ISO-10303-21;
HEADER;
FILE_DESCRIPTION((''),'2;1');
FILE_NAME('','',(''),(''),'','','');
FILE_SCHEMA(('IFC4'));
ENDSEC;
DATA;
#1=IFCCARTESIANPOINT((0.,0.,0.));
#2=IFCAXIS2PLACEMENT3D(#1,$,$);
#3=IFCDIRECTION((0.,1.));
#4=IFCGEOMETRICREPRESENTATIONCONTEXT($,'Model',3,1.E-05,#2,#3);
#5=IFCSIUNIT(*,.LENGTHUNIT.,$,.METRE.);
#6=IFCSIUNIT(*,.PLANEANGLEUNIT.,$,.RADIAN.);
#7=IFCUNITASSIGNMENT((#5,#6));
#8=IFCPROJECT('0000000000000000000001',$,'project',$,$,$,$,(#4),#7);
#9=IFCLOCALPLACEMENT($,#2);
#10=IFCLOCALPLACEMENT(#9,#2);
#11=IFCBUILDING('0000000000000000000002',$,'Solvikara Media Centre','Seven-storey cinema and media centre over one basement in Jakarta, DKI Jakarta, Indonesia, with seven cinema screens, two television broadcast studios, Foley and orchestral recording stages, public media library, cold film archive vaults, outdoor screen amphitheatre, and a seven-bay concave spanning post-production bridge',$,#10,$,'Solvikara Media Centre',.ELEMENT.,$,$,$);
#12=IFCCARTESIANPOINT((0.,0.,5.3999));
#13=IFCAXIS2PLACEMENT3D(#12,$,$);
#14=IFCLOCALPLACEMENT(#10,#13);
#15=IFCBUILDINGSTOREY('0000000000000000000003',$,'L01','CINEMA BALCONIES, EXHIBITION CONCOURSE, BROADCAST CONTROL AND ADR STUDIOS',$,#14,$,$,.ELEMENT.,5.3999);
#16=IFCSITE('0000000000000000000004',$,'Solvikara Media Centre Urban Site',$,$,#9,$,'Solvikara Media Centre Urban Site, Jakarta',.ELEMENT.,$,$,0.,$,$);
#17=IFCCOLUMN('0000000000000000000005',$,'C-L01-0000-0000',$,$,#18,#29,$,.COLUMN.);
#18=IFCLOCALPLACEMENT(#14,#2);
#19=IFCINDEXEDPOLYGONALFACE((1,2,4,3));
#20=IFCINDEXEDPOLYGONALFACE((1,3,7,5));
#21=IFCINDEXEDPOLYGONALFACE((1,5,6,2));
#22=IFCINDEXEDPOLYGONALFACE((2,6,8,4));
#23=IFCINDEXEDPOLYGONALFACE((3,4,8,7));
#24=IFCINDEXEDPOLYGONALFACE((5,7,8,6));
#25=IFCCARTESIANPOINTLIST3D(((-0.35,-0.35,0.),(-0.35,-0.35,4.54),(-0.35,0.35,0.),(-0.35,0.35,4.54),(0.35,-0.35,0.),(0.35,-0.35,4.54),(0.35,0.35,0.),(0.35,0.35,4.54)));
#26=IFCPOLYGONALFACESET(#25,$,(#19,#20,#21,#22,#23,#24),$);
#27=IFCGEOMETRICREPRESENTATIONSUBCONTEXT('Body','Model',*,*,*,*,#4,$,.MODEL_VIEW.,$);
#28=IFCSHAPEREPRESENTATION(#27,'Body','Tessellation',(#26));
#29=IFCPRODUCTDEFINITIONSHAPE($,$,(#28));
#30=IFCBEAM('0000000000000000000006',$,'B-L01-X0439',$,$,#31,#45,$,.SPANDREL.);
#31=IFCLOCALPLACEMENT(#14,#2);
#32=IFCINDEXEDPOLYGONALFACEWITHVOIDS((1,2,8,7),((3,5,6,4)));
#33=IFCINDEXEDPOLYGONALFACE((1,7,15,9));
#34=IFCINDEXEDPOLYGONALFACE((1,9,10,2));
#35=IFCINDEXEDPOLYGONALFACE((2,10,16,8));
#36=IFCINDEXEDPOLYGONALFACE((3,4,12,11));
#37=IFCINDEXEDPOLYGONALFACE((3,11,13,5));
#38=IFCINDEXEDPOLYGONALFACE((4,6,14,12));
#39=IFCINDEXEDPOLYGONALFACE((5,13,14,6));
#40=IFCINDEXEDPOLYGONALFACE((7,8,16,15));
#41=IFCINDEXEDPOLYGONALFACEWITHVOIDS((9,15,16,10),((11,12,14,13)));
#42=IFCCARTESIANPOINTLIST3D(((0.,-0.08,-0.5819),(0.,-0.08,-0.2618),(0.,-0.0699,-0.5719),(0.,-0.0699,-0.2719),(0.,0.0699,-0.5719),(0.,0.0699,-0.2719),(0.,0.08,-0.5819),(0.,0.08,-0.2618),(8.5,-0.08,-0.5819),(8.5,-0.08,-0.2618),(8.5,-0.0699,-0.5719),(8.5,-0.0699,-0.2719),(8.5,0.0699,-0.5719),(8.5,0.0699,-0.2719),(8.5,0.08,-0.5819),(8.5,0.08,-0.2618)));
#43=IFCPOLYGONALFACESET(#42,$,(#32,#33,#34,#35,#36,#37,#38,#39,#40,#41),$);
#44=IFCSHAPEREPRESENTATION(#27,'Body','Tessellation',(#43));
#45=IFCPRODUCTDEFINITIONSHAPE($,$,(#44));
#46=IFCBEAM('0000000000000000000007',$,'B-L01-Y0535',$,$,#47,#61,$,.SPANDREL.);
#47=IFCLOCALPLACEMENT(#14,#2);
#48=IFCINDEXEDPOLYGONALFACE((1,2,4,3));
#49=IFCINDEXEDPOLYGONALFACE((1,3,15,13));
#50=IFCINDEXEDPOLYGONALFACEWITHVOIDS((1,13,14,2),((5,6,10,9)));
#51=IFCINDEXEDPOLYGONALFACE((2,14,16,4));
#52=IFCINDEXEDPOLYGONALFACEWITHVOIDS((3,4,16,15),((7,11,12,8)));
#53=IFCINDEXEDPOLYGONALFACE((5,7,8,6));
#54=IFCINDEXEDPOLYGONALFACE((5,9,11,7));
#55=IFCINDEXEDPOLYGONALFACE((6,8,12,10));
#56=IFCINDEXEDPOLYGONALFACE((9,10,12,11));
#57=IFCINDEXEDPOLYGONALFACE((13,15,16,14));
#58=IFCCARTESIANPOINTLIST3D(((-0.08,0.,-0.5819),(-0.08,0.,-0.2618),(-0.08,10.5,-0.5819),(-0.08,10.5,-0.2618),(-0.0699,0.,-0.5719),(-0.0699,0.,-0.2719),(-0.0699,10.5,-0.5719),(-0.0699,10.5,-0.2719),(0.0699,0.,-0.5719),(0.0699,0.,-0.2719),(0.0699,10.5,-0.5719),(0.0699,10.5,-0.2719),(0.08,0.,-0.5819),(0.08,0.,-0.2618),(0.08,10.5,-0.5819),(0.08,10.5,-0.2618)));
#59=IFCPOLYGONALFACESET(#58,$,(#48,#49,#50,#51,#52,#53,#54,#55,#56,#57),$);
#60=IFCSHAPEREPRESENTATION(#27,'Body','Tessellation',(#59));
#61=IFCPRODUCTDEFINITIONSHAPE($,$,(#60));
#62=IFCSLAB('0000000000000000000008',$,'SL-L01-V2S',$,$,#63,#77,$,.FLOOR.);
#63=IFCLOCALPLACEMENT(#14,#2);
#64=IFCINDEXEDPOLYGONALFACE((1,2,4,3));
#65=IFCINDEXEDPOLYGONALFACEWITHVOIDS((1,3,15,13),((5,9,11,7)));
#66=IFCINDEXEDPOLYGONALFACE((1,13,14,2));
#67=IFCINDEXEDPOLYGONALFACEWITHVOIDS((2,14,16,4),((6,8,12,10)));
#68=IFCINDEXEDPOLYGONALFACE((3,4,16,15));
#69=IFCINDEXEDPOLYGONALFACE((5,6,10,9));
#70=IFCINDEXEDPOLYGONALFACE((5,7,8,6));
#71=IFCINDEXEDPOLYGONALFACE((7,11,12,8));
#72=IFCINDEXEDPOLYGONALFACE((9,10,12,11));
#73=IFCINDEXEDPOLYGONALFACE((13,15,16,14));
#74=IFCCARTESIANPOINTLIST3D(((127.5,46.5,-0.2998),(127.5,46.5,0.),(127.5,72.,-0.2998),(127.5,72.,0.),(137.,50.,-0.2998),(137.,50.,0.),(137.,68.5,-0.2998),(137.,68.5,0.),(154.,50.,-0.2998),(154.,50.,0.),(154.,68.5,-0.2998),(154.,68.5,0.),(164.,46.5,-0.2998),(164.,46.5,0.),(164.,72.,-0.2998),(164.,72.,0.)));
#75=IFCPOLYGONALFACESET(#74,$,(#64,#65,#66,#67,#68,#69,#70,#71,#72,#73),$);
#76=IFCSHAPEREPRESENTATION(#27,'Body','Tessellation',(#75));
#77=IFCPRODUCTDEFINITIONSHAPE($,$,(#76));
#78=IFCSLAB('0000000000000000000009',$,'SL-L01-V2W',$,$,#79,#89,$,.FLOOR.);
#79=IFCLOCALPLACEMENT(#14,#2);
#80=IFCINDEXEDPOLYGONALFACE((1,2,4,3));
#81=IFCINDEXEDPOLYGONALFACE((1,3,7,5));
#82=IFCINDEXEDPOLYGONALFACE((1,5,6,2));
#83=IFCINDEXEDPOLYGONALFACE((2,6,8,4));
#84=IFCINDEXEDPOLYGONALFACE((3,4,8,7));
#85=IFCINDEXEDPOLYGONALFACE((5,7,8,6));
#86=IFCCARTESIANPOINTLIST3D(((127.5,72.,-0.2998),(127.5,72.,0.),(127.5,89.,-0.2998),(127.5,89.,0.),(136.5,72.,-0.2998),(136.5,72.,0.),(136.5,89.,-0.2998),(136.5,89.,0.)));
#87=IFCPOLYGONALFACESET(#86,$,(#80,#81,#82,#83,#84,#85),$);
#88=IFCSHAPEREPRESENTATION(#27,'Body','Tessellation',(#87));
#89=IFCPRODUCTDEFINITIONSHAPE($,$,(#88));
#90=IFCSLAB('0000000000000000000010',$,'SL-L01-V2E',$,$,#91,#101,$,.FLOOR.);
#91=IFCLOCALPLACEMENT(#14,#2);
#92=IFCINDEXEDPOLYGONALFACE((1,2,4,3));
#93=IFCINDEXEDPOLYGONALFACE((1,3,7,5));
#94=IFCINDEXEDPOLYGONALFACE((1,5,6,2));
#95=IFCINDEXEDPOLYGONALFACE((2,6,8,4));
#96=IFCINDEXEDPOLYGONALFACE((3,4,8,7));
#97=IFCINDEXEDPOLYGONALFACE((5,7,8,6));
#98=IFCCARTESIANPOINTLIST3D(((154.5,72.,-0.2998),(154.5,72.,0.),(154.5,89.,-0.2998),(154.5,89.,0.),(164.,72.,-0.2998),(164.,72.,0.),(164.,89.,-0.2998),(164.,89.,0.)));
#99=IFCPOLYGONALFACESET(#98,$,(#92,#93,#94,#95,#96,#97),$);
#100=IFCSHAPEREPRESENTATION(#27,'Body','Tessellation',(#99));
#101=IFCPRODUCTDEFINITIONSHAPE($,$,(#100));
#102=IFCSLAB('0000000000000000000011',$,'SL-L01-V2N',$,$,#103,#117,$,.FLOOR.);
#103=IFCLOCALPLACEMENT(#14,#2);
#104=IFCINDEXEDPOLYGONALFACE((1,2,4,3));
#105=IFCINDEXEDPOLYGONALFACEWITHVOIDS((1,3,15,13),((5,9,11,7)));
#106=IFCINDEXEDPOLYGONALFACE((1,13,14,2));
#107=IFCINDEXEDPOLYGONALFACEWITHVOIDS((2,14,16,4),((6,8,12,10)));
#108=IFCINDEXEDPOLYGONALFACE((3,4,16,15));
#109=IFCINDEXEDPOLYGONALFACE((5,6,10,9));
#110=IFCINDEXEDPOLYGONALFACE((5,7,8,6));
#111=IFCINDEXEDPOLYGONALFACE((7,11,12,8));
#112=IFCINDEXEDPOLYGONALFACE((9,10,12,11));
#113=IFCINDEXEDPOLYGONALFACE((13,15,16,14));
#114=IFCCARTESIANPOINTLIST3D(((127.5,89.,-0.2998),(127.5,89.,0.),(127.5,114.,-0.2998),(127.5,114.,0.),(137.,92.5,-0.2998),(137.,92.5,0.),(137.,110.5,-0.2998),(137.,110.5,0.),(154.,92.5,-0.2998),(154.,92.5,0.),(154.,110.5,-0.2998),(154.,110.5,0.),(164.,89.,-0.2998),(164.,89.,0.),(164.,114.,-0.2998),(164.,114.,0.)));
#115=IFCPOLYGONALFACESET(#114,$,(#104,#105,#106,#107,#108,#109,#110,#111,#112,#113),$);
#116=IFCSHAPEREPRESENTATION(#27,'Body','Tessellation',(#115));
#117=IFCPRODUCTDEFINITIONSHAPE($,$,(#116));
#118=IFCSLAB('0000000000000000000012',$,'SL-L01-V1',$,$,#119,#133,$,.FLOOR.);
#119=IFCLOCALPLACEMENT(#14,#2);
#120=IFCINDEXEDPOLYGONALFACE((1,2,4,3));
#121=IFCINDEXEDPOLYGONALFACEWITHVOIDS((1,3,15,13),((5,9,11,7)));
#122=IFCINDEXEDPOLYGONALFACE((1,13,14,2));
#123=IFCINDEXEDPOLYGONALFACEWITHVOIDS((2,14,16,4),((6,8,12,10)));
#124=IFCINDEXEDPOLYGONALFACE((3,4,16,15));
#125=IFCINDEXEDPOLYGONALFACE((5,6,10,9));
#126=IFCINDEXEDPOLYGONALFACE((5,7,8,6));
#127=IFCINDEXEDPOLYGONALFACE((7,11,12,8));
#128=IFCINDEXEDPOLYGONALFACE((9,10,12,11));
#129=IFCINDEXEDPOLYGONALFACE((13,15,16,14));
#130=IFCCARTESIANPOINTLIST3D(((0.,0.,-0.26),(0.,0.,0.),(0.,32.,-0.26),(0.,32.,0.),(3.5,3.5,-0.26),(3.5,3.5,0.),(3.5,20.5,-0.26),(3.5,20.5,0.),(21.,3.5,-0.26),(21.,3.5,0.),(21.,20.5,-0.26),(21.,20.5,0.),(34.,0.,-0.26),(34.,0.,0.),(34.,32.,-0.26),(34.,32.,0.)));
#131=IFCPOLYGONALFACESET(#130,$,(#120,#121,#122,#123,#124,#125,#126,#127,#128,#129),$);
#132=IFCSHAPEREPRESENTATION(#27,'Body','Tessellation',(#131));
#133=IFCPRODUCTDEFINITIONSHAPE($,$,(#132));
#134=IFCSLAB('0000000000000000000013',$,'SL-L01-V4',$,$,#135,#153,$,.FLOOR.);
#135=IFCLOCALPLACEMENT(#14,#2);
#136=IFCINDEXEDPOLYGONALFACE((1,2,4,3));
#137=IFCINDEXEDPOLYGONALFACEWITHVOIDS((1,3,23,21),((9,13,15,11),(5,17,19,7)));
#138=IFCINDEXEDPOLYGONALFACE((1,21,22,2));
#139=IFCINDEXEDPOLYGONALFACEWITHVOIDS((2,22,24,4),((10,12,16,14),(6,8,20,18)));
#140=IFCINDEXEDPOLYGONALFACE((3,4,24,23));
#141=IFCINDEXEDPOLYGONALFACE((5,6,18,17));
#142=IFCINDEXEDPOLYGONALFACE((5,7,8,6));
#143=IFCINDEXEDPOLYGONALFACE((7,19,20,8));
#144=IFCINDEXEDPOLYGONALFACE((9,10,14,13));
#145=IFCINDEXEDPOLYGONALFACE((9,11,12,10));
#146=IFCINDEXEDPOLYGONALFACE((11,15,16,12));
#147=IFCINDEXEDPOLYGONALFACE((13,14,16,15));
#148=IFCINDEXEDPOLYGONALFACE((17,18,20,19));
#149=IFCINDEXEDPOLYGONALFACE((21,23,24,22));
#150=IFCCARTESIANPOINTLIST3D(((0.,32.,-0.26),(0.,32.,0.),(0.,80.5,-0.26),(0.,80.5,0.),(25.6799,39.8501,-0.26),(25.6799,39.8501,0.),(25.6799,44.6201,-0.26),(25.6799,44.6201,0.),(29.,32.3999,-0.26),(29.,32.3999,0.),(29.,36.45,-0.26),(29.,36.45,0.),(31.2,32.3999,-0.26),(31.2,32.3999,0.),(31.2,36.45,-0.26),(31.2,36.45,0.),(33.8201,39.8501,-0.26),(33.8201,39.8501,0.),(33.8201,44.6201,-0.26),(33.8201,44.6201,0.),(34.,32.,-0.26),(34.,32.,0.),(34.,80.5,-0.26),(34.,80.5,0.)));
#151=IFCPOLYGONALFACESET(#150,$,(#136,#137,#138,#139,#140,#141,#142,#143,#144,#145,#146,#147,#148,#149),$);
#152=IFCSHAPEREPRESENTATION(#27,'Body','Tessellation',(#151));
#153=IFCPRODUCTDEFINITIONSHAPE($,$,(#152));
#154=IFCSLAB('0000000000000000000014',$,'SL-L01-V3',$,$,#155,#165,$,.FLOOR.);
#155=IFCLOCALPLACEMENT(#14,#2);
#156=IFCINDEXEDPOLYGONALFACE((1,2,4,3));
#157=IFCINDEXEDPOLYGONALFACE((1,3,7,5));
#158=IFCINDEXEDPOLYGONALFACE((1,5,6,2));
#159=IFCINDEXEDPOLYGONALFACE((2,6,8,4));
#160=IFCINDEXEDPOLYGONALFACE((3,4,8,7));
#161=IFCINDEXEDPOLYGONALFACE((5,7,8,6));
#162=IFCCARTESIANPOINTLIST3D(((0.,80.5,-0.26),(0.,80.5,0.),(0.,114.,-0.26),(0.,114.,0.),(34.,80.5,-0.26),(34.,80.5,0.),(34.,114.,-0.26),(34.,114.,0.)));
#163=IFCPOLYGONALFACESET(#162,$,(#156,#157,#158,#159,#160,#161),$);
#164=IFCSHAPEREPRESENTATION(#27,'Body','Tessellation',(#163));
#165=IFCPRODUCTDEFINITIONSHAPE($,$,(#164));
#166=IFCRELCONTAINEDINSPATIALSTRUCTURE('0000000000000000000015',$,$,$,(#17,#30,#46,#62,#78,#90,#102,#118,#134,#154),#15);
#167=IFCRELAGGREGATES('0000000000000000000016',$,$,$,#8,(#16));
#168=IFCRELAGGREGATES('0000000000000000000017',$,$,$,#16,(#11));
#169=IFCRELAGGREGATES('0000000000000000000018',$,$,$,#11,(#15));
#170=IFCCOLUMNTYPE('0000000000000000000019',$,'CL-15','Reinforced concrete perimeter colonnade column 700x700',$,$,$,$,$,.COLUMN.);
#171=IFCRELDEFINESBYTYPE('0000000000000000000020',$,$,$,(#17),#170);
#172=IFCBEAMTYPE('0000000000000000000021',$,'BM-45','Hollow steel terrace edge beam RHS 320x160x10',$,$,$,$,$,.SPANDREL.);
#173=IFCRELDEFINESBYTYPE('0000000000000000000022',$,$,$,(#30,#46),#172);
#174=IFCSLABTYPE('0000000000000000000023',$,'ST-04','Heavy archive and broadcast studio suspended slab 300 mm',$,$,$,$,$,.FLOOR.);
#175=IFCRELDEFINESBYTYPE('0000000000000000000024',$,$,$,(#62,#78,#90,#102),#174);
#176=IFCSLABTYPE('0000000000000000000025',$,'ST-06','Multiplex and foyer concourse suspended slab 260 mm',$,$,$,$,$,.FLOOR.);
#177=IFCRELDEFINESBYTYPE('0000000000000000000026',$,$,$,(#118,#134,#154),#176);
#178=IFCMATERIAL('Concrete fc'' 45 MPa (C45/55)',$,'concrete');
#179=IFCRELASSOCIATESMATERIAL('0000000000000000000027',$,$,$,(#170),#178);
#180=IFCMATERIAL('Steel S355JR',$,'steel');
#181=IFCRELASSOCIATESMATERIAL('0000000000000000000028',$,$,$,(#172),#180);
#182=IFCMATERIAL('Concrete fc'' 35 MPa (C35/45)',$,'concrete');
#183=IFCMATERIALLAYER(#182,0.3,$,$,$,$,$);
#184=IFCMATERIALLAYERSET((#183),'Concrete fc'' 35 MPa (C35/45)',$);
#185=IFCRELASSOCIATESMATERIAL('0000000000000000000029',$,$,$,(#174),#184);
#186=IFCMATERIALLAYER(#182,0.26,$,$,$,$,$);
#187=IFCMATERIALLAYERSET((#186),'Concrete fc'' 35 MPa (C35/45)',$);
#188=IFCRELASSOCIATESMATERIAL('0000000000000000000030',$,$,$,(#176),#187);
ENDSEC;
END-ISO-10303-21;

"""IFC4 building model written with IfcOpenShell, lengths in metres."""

from ifc_helpers import new_model, si_unit, direction, frame, origin, origin_with_axes, origin_2d, place, context, subcontext, project, spatial, polyline, rectangle, hollow_rectangle, outline, extrude, material, layer, layer_set, material_profile, profile_set, type_object, element, save


model = new_model("IFC4")

# Units and contexts
model_context = context("Model", 3, precision=1e-05, world=origin(), true_north=direction((0.0, 1.0)))
body_context = subcontext(model_context, "Body", "Model", "MODEL_VIEW")
ifc_project = project(units=[si_unit("LENGTHUNIT", "METRE"), si_unit("PLANEANGLEUNIT", "RADIAN")], contexts=[model_context])

# Site, building, storey
site_placement = place(None, origin())
site = spatial("IfcSite", under=ifc_project, at=site_placement, Name="Solvikara Media Centre Urban Site", LongName="Solvikara Media Centre Urban Site, Jakarta", CompositionType="ELEMENT", RefElevation=0.0)
building_placement = place(site_placement, origin())
building = spatial("IfcBuilding", under=site, at=building_placement, Name="Solvikara Media Centre", Description="Seven-storey cinema and media centre over one basement in Jakarta, DKI Jakarta, Indonesia, with seven cinema screens, two television broadcast studios, Foley and orchestral recording stages, public media library, cold film archive vaults, outdoor screen amphitheatre, and a seven-bay concave spanning post-production bridge", LongName="Solvikara Media Centre", CompositionType="ELEMENT")
storey_placement = place(building_placement, frame((0.0, 0.0, 5.3999)))
storey = spatial("IfcBuildingStorey", under=building, at=storey_placement, Name="L01", Description="CINEMA BALCONIES, EXHIBITION CONCOURSE, BROADCAST CONTROL AND ADR STUDIOS", CompositionType="ELEMENT", Elevation=5.3999)

# Column
ifc_material_1 = material(Name="Concrete fc' 45 MPa (C45/55)", Category="concrete")
ifc_material_profile_1 = material_profile(ifc_material_1, rectangle(XDim=0.7, YDim=0.7, at=origin_2d()), Name="RC 700x700")
ifc_profile_set_1 = profile_set([ifc_material_profile_1], Name="Concrete fc' 45 MPa (C45/55)")
column_type = type_object("IfcColumnType", Name="CL-15", Description="Reinforced concrete perimeter colonnade column 700x700", PredefinedType="COLUMN", material=ifc_profile_set_1)
column_placement = place(storey_placement, origin_with_axes())
element("IfcColumn", 1, at=column_placement, inside=storey, type_object=column_type, Name="C-L01-0000-0000", PredefinedType="COLUMN", context=body_context, shape_type="SweptSolid", body=[
    extrude(rectangle(XDim=0.7, YDim=0.7, at=origin_2d()), origin(), (0.0, 0.0, 1.0), 4.54),
])

# Beams
ifc_material_2 = material(Name="Steel S355JR", Category="steel")
ifc_material_profile_2 = material_profile(ifc_material_2, hollow_rectangle(XDim=0.1599, YDim=0.3201, WallThickness=0.01, at=origin_2d()), Name="RHS 320x160x10")
ifc_profile_set_2 = profile_set([ifc_material_profile_2], Name="Steel S355JR")
beam_type = type_object("IfcBeamType", Name="BM-45", Description="Hollow steel terrace edge beam RHS 320x160x10", PredefinedType="SPANDREL", material=ifc_profile_set_2)
beam_1_placement = place(storey_placement, frame((0.0, 0.0, -0.4219), z_axis=(1.0, 0.0, 0.0), x_axis=(0.0, 1.0, 0.0)))
element("IfcBeam", 2, at=beam_1_placement, inside=storey, type_object=beam_type, Name="B-L01-X0439", PredefinedType="SPANDREL", context=body_context, shape_type="SweptSolid", body=[
    extrude(hollow_rectangle(XDim=0.1599, YDim=0.3201, WallThickness=0.01, at=origin_2d()), origin(), (0.0, 0.0, 1.0), 8.5),
])
beam_2_placement = place(storey_placement, frame((0.0, 0.0, -0.4219), z_axis=(0.0, 1.0, 0.0), x_axis=(-1.0, 0.0, 0.0)))
element("IfcBeam", 3, at=beam_2_placement, inside=storey, type_object=beam_type, Name="B-L01-Y0535", PredefinedType="SPANDREL", context=body_context, shape_type="SweptSolid", body=[
    extrude(hollow_rectangle(XDim=0.1599, YDim=0.3201, WallThickness=0.01, at=origin_2d()), origin(), (0.0, 0.0, 1.0), 10.5),
])

# Slabs
ifc_material_3 = material(Name="Concrete fc' 35 MPa (C35/45)", Category="concrete")
ifc_layer_1 = layer(ifc_material_3, 0.3)
ifc_layer_set_1 = layer_set([ifc_layer_1], Name="Concrete fc' 35 MPa (C35/45)")
slab_type_1 = type_object("IfcSlabType", Name="ST-04", Description="Heavy archive and broadcast studio suspended slab 300 mm", PredefinedType="FLOOR", material=ifc_layer_set_1)
slab_1_placement = place(storey_placement, frame((0.0, 0.0, -0.2998)))
element("IfcSlab", 4, at=slab_1_placement, inside=storey, type_object=slab_type_1, Name="SL-L01-V2S", PredefinedType="FLOOR", context=body_context, shape_type="SweptSolid", body=[
    extrude(outline(polyline([(127.5, 46.5), (164.0, 46.5), (164.0, 72.0), (127.5, 72.0), (127.5, 46.5)]), holes=[polyline([(137.0, 50.0), (154.0, 50.0), (154.0, 68.5), (137.0, 68.5), (137.0, 50.0)])]), origin(), (0.0, 0.0, 1.0), 0.2998),
])
slab_2_placement = place(storey_placement, frame((0.0, 0.0, -0.2998)))
element("IfcSlab", 5, at=slab_2_placement, inside=storey, type_object=slab_type_1, Name="SL-L01-V2W", PredefinedType="FLOOR", context=body_context, shape_type="SweptSolid", body=[
    extrude(outline(polyline([(127.5, 72.0), (136.5, 72.0), (136.5, 89.0), (127.5, 89.0), (127.5, 72.0)])), origin(), (0.0, 0.0, 1.0), 0.2998),
])
slab_3_placement = place(storey_placement, frame((0.0, 0.0, -0.2998)))
element("IfcSlab", 6, at=slab_3_placement, inside=storey, type_object=slab_type_1, Name="SL-L01-V2E", PredefinedType="FLOOR", context=body_context, shape_type="SweptSolid", body=[
    extrude(outline(polyline([(154.5, 72.0), (164.0, 72.0), (164.0, 89.0), (154.5, 89.0), (154.5, 72.0)])), origin(), (0.0, 0.0, 1.0), 0.2998),
])
slab_4_placement = place(storey_placement, frame((0.0, 0.0, -0.2998)))
element("IfcSlab", 7, at=slab_4_placement, inside=storey, type_object=slab_type_1, Name="SL-L01-V2N", PredefinedType="FLOOR", context=body_context, shape_type="SweptSolid", body=[
    extrude(outline(polyline([(127.5, 89.0), (164.0, 89.0), (164.0, 114.0), (127.5, 114.0), (127.5, 89.0)]), holes=[polyline([(137.0, 92.5), (154.0, 92.5), (154.0, 110.5), (137.0, 110.5), (137.0, 92.5)])]), origin(), (0.0, 0.0, 1.0), 0.2998),
])
ifc_layer_2 = layer(ifc_material_3, 0.26)
ifc_layer_set_2 = layer_set([ifc_layer_2], Name="Concrete fc' 35 MPa (C35/45)")
slab_type_2 = type_object("IfcSlabType", Name="ST-06", Description="Multiplex and foyer concourse suspended slab 260 mm", PredefinedType="FLOOR", material=ifc_layer_set_2)
slab_5_placement = place(storey_placement, frame((0.0, 0.0, -0.26)))
element("IfcSlab", 8, at=slab_5_placement, inside=storey, type_object=slab_type_2, Name="SL-L01-V1", PredefinedType="FLOOR", context=body_context, shape_type="SweptSolid", body=[
    extrude(outline(polyline([(0.0, 0.0), (34.0, 0.0), (34.0, 32.0), (0.0, 32.0), (0.0, 0.0)]), holes=[polyline([(3.5, 3.5), (21.0, 3.5), (21.0, 20.5), (3.5, 20.5), (3.5, 3.5)])]), origin(), (0.0, 0.0, 1.0), 0.26),
])
slab_6_placement = place(storey_placement, frame((0.0, 0.0, -0.26)))
element("IfcSlab", 9, at=slab_6_placement, inside=storey, type_object=slab_type_2, Name="SL-L01-V4", PredefinedType="FLOOR", context=body_context, shape_type="SweptSolid", body=[
    extrude(outline(polyline([(0.0, 32.0), (34.0, 32.0), (34.0, 80.5), (0.0, 80.5), (0.0, 32.0)]), holes=[polyline([(25.6799, 39.8501), (33.8201, 39.8501), (33.8201, 44.6201), (25.6799, 44.6201), (25.6799, 39.8501)]), polyline([(29.0, 32.3999), (31.2, 32.3999), (31.2, 36.45), (29.0, 36.45), (29.0, 32.3999)])]), origin(), (0.0, 0.0, 1.0), 0.26),
])
slab_7_placement = place(storey_placement, frame((0.0, 0.0, -0.26)))
element("IfcSlab", 10, at=slab_7_placement, inside=storey, type_object=slab_type_2, Name="SL-L01-V3", PredefinedType="FLOOR", context=body_context, shape_type="SweptSolid", body=[
    extrude(outline(polyline([(0.0, 80.5), (34.0, 80.5), (34.0, 114.0), (0.0, 114.0), (0.0, 80.5)])), origin(), (0.0, 0.0, 1.0), 0.26),
])

save(model, "model.ifc")
